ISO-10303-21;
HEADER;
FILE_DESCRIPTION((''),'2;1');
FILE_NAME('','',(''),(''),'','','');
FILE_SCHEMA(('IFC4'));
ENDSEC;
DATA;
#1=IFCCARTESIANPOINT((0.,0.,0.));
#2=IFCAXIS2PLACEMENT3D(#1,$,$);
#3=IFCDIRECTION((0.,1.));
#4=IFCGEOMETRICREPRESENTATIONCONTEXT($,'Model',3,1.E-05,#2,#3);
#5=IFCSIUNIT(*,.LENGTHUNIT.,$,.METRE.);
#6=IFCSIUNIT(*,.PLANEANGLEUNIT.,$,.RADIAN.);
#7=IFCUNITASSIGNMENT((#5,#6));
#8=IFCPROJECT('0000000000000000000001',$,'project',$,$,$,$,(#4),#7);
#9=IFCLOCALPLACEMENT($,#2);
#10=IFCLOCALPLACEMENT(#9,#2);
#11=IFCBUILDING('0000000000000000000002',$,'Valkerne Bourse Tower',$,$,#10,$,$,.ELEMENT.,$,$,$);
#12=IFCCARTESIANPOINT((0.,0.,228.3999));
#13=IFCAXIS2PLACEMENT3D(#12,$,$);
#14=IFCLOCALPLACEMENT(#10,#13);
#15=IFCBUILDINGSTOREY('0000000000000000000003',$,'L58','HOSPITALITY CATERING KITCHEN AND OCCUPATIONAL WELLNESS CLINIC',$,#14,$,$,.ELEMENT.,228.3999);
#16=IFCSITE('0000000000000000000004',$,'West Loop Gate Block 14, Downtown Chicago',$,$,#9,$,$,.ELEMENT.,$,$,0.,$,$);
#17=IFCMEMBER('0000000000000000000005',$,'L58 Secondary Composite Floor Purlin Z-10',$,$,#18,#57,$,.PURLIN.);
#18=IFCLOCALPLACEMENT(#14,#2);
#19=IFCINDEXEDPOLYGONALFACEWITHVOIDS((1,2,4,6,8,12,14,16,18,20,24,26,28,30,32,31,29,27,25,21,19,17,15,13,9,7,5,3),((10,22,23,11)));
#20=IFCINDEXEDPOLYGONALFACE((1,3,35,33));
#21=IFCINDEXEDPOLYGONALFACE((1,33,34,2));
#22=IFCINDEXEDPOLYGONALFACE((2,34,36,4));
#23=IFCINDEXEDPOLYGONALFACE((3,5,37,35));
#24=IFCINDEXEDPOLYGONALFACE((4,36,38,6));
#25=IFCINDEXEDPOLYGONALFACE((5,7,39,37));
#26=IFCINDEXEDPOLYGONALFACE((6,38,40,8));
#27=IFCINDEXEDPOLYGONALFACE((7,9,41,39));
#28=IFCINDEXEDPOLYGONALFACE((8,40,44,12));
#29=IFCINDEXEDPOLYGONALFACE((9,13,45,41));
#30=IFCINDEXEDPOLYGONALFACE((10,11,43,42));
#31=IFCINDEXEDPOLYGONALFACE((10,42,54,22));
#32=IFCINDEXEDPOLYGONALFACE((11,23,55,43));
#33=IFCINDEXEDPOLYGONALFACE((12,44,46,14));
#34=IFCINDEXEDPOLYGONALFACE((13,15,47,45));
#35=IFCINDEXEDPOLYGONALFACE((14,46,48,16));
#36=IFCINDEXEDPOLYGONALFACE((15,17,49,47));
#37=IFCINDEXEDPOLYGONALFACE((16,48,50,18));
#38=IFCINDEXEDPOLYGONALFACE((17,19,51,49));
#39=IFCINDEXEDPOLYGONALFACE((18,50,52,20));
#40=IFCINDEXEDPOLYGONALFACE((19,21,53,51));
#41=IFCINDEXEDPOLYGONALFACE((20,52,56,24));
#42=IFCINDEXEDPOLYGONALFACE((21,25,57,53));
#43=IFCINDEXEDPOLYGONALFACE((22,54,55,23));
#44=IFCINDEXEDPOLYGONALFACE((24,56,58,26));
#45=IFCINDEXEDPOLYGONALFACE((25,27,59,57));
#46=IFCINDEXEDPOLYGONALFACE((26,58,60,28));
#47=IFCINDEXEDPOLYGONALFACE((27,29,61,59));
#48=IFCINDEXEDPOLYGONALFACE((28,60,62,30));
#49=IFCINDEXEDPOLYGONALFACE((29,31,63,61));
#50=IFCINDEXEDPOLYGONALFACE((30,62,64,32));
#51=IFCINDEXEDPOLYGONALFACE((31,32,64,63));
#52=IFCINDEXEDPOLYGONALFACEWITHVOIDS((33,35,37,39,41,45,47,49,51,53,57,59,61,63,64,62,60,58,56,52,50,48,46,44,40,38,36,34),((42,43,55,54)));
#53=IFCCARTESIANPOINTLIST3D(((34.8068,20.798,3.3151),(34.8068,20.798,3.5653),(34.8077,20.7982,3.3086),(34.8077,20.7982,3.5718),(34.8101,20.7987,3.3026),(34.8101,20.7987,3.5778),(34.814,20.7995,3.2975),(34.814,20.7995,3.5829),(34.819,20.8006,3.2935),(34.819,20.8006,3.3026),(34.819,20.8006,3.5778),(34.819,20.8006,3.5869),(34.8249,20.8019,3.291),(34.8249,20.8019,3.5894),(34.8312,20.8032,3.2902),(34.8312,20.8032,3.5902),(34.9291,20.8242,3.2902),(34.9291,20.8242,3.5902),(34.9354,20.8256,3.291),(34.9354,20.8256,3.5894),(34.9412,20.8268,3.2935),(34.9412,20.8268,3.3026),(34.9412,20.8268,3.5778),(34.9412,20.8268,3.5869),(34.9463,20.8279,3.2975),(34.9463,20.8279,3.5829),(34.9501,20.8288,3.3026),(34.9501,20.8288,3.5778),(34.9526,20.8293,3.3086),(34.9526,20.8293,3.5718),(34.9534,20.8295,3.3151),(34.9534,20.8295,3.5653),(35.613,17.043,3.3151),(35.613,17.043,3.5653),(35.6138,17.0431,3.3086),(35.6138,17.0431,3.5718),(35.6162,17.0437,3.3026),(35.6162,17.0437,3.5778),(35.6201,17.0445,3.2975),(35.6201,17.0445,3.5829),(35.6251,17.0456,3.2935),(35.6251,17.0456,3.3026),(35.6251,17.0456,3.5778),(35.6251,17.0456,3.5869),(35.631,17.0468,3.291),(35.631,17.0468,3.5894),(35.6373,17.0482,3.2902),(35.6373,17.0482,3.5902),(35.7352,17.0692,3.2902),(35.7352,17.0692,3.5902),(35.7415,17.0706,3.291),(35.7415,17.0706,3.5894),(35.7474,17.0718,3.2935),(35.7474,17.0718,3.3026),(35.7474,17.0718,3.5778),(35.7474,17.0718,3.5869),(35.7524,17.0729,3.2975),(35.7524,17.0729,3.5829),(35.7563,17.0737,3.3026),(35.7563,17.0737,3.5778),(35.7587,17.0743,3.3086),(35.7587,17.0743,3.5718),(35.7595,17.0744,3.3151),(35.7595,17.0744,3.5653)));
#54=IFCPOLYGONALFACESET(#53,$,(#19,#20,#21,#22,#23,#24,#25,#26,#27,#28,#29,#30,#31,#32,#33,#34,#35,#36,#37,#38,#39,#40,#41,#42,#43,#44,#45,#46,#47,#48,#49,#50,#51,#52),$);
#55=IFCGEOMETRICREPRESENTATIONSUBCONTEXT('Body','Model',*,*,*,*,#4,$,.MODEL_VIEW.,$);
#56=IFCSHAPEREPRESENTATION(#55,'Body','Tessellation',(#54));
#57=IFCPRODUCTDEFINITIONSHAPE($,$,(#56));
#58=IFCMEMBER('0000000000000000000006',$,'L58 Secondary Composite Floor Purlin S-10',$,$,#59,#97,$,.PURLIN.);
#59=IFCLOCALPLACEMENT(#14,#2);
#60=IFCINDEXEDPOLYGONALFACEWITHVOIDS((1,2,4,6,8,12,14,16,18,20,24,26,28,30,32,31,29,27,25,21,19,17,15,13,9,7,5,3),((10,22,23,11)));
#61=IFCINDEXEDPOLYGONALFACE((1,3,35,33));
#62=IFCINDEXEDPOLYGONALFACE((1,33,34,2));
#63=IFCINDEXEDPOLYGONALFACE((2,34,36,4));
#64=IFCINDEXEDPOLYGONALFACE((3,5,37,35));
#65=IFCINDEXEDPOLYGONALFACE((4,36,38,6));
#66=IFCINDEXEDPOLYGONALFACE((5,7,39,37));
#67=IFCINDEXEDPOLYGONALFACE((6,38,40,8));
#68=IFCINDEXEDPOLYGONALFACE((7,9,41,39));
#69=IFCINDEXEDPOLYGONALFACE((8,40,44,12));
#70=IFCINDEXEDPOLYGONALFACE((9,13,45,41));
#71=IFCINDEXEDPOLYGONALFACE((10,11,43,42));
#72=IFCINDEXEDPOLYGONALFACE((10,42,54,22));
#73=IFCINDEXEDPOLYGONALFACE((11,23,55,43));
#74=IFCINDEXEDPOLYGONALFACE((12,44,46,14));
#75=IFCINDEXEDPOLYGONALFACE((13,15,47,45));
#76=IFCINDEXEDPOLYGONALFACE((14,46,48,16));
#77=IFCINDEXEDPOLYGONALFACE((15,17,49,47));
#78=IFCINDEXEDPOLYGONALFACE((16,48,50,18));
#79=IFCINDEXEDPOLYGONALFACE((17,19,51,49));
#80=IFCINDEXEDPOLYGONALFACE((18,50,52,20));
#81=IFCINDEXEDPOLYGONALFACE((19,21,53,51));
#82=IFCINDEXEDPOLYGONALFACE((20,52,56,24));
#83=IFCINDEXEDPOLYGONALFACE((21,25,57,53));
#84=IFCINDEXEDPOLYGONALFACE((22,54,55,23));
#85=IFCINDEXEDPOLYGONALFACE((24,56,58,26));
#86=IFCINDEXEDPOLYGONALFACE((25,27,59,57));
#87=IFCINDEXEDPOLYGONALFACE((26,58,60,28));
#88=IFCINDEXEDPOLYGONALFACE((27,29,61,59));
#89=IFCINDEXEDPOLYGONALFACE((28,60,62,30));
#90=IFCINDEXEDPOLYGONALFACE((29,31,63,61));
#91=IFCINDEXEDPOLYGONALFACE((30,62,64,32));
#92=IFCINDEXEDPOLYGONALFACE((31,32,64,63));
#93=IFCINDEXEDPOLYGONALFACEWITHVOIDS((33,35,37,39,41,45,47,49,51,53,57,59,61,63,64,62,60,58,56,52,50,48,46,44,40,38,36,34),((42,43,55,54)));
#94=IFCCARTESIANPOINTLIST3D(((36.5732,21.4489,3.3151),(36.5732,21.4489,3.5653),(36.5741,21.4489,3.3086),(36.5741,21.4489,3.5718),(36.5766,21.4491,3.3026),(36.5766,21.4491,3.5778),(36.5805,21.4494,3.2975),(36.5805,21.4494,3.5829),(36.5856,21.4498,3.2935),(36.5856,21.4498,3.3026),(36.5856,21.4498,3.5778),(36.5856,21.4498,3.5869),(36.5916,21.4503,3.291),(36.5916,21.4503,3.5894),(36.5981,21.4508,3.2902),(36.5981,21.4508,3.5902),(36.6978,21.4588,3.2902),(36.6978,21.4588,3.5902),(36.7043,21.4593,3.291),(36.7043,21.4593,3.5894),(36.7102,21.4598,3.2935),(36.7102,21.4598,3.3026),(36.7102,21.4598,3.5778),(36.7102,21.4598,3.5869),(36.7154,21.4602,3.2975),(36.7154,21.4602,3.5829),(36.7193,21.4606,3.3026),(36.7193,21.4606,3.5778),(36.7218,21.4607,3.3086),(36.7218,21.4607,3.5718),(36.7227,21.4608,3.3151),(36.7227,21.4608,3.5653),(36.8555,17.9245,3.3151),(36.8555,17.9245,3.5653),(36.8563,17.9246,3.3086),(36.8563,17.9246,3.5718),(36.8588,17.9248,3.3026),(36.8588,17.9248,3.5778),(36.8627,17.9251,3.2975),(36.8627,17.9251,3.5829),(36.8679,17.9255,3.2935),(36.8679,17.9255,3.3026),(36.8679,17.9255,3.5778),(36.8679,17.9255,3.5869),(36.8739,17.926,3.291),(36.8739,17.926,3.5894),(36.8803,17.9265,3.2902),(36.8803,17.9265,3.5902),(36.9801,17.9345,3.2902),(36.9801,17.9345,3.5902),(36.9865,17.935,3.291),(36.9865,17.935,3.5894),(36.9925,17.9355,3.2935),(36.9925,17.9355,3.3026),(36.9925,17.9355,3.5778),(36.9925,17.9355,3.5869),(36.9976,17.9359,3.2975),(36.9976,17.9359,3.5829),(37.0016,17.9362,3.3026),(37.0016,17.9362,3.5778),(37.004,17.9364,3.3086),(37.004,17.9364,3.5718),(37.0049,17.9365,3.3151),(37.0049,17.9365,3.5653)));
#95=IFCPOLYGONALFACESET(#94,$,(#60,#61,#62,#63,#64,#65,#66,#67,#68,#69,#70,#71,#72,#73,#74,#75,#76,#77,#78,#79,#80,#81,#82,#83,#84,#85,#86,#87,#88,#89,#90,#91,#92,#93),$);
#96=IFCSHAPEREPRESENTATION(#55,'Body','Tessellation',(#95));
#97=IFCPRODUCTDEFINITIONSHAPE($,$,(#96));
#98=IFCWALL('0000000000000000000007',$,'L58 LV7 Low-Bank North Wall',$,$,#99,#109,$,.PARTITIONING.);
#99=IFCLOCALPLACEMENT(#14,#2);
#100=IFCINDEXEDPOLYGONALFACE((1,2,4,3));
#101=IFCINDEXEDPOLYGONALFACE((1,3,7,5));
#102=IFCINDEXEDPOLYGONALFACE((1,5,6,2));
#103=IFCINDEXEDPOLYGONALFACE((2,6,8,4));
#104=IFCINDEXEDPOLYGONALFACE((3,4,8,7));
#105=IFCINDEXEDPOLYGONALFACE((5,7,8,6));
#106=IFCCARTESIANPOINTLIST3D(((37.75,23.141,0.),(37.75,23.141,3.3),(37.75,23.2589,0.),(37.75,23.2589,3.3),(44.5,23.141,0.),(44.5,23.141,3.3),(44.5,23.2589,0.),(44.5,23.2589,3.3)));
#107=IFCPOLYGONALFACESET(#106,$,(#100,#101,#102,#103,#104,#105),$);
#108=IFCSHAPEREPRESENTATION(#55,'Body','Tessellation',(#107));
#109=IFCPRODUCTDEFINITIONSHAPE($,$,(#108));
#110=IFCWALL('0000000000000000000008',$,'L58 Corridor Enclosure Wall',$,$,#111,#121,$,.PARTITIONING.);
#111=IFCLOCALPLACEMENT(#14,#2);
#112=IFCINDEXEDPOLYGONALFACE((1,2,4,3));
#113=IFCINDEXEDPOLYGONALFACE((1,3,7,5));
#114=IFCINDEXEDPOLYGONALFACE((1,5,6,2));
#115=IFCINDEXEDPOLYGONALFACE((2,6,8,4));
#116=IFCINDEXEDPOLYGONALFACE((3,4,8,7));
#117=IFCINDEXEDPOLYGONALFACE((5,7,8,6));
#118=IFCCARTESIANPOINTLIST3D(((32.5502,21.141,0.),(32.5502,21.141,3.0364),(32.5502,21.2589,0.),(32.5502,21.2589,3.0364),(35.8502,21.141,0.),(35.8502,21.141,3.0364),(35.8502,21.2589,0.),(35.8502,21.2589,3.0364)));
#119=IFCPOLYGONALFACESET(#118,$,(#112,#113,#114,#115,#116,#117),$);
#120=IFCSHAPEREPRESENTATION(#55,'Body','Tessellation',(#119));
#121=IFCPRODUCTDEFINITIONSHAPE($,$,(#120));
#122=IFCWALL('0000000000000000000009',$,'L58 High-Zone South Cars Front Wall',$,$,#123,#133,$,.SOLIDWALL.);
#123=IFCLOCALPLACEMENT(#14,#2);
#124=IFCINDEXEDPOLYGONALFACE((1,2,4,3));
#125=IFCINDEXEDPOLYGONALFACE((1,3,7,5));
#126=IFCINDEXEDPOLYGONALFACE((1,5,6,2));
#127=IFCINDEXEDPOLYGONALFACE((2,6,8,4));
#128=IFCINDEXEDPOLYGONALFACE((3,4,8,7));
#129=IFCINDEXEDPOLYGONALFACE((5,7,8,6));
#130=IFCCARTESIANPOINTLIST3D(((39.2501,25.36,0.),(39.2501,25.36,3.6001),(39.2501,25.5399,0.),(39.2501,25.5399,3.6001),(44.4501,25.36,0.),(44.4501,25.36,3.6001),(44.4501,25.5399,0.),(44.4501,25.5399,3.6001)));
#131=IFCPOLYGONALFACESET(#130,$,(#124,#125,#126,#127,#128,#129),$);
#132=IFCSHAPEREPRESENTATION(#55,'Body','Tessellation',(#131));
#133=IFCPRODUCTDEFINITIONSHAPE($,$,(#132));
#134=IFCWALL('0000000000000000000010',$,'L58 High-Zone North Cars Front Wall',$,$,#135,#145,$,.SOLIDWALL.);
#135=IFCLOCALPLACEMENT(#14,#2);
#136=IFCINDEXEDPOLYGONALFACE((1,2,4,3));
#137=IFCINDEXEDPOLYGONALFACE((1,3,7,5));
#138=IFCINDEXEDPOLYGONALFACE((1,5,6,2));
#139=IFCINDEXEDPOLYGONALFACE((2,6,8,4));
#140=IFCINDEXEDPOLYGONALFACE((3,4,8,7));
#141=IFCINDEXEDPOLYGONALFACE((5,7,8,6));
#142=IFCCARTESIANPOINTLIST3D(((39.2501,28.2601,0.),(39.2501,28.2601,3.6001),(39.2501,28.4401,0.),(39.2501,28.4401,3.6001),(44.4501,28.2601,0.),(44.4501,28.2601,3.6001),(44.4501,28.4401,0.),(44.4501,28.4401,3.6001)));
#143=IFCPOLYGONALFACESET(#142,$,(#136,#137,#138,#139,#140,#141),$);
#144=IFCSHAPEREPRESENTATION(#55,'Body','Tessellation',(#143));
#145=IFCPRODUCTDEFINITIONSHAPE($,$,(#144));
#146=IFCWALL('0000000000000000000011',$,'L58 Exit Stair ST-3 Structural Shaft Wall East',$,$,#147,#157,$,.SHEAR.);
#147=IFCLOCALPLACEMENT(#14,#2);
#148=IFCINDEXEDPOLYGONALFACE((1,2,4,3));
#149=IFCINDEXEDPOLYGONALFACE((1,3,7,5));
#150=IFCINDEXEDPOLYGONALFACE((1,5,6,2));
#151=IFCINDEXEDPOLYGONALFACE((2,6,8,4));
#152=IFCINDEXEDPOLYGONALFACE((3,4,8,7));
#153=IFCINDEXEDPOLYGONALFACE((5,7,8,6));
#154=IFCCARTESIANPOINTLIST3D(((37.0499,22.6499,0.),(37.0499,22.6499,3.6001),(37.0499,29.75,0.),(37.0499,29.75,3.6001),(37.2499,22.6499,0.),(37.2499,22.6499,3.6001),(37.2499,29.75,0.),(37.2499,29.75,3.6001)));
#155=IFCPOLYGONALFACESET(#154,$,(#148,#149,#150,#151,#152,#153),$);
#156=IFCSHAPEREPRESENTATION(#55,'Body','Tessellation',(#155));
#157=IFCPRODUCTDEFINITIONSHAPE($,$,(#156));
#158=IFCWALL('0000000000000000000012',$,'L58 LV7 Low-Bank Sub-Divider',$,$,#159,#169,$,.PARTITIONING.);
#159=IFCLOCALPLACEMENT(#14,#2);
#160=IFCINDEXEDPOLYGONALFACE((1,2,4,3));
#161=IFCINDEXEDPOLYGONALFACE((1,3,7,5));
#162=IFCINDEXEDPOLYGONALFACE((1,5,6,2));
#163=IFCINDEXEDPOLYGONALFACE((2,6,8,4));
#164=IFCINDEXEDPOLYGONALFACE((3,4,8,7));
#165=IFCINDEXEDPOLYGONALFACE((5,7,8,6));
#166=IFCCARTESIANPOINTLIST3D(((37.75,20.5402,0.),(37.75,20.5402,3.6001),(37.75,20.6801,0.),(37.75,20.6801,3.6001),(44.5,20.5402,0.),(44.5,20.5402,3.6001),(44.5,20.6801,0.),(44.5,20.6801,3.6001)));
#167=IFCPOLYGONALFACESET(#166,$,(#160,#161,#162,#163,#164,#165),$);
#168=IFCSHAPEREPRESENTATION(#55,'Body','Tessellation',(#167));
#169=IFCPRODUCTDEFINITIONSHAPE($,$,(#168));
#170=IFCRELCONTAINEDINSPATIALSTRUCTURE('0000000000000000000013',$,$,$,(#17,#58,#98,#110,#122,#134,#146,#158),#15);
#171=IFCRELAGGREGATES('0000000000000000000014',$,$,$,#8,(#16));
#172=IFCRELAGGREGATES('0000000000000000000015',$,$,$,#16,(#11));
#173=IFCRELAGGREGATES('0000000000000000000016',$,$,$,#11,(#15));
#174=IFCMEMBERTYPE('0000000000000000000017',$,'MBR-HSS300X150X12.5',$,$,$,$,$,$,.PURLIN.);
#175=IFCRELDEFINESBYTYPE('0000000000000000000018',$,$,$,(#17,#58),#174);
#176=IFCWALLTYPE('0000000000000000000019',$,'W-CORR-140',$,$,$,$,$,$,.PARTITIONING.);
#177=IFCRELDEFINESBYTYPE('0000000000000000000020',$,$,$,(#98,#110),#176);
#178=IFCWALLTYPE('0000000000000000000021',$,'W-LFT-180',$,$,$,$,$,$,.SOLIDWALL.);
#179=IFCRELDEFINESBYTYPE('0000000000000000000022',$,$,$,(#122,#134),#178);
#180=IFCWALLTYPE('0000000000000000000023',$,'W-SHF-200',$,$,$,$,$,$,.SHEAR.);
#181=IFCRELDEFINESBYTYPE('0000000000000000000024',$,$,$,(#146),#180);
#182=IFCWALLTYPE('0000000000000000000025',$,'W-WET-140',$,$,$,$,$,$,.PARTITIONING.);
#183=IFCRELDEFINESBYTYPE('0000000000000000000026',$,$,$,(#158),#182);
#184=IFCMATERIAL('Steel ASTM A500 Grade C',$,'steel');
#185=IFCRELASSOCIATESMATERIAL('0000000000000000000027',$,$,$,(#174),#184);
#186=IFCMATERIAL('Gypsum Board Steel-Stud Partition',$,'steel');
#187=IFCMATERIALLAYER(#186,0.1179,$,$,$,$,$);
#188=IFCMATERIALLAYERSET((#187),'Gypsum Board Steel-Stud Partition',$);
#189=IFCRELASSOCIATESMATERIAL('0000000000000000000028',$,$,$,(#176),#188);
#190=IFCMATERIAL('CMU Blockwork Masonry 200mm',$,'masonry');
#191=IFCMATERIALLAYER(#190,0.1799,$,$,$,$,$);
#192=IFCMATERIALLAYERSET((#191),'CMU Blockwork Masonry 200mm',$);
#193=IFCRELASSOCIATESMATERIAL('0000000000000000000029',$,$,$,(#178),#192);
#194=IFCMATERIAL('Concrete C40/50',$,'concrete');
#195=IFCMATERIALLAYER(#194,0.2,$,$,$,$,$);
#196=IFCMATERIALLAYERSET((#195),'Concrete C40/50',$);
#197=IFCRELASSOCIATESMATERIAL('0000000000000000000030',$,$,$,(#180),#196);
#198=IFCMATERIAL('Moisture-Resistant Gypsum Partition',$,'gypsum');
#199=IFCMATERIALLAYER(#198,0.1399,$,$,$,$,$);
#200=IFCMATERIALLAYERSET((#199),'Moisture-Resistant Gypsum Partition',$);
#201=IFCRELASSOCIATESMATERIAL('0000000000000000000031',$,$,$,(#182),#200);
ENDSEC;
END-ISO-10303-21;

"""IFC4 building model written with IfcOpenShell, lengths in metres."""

from ifc_helpers import new_model, si_unit, direction, frame, frame_2d, origin, origin_2d, place, context, subcontext, project, spatial, rectangle, hollow_rectangle, extrude, material, layer, layer_set, material_profile, profile_set, type_object, element, save


model = new_model("IFC4")

# Units and contexts
model_context = context("Model", 3, precision=1e-05, world=origin(), true_north=direction((0.0, 1.0)))
body_context = subcontext(model_context, "Body", "Model", "MODEL_VIEW")
ifc_project = project(units=[si_unit("LENGTHUNIT", "METRE"), si_unit("PLANEANGLEUNIT", "RADIAN")], contexts=[model_context])

# Site, building, storey
site_placement = place(None, origin())
site = spatial("IfcSite", under=ifc_project, at=site_placement, Name="West Loop Gate Block 14, Downtown Chicago", CompositionType="ELEMENT", RefElevation=0.0)
building_placement = place(site_placement, origin())
building = spatial("IfcBuilding", under=site, at=building_placement, Name="Valkerne Bourse Tower", CompositionType="ELEMENT")
storey_placement = place(building_placement, frame((0.0, 0.0, 228.3999)))
storey = spatial("IfcBuildingStorey", under=building, at=storey_placement, Name="L58", Description="HOSPITALITY CATERING KITCHEN AND OCCUPATIONAL WELLNESS CLINIC", CompositionType="ELEMENT", Elevation=228.3999)

# Members
ifc_material_1 = material(Name="Steel ASTM A500 Grade C", Category="steel")
ifc_material_profile_1 = material_profile(ifc_material_1, hollow_rectangle(XDim=0.1499, YDim=0.3, WallThickness=0.0125, OuterFilletRadius=0.0249, at=origin_2d()), Name="HSS300X150X12.5")
ifc_profile_set_1 = profile_set([ifc_material_profile_1], Name="Steel ASTM A500 Grade C")
member_type = type_object("IfcMemberType", Name="MBR-HSS300X150X12.5", PredefinedType="PURLIN", material=ifc_profile_set_1)
member_1_placement = place(storey_placement, frame((34.8801, 20.8137, 3.4402), z_axis=(0.209898, -0.977723, 0.0), x_axis=(0.977723, 0.209898, 0.0)))
element("IfcMember", 1, at=member_1_placement, inside=storey, type_object=member_type, Name="L58 Secondary Composite Floor Purlin Z-10", PredefinedType="PURLIN", context=body_context, shape_type="SweptSolid", body=[
    extrude(hollow_rectangle(XDim=0.1499, YDim=0.3, WallThickness=0.0125, OuterFilletRadius=0.0249, at=origin_2d()), origin(), (0.0, 0.0, 1.0), 3.8406),
])
member_2_placement = place(storey_placement, frame((36.6479, 21.4548, 3.4402), z_axis=(0.079822, -0.996809, 0.0), x_axis=(0.996809, 0.079822, 0.0)))
element("IfcMember", 2, at=member_2_placement, inside=storey, type_object=member_type, Name="L58 Secondary Composite Floor Purlin S-10", PredefinedType="PURLIN", context=body_context, shape_type="SweptSolid", body=[
    extrude(hollow_rectangle(XDim=0.1499, YDim=0.3, WallThickness=0.0125, OuterFilletRadius=0.0249, at=origin_2d()), origin(), (0.0, 0.0, 1.0), 3.5356),
])

# Walls
ifc_material_2 = material(Name="Gypsum Board Steel-Stud Partition", Category="steel")
ifc_layer_1 = layer(ifc_material_2, 0.1179)
ifc_layer_set_1 = layer_set([ifc_layer_1], Name="Gypsum Board Steel-Stud Partition")
wall_type_1 = type_object("IfcWallType", Name="W-CORR-140", PredefinedType="PARTITIONING", material=ifc_layer_set_1)
wall_1_placement = place(storey_placement, frame((37.75, 23.2, 0.0), z_axis=(0.0, 0.0, 1.0), x_axis=(1.0, 0.0, 0.0)))
element("IfcWall", 3, at=wall_1_placement, inside=storey, type_object=wall_type_1, Name="L58 LV7 Low-Bank North Wall", PredefinedType="PARTITIONING", context=body_context, shape_type="SweptSolid", body=[
    extrude(rectangle(XDim=6.75, YDim=0.1179, at=frame_2d((3.375, 0.0))), origin(), (0.0, 0.0, 1.0), 3.3),
])
wall_2_placement = place(storey_placement, frame((35.8501, 21.2, 0.0), z_axis=(0.0, 0.0, 1.0), x_axis=(-1.0, 0.0, 0.0)))
element("IfcWall", 4, at=wall_2_placement, inside=storey, type_object=wall_type_1, Name="L58 Corridor Enclosure Wall", PredefinedType="PARTITIONING", context=body_context, shape_type="SweptSolid", body=[
    extrude(rectangle(XDim=3.3, YDim=0.1179, at=frame_2d((1.6499, 0.0))), origin(), (0.0, 0.0, 1.0), 3.0364),
])
ifc_material_3 = material(Name="CMU Blockwork Masonry 200mm", Category="masonry")
ifc_layer_2 = layer(ifc_material_3, 0.1799)
ifc_layer_set_2 = layer_set([ifc_layer_2], Name="CMU Blockwork Masonry 200mm")
wall_type_2 = type_object("IfcWallType", Name="W-LFT-180", PredefinedType="SOLIDWALL", material=ifc_layer_set_2)
for number, where, z_axis, x_axis, name in (
    (5, (39.25, 25.45, 0.0), (0.0, 0.0, 1.0), (1.0, 0.0, 0.0), "L58 High-Zone South Cars Front Wall"),
    (6, (39.25, 28.3501, 0.0), (0.0, 0.0, 1.0), (1.0, 0.0, 0.0), "L58 High-Zone North Cars Front Wall"),
):
    element("IfcWall", number, at=place(storey_placement, frame(where, z_axis=z_axis, x_axis=x_axis)), inside=storey, type_object=wall_type_2, Name=name, PredefinedType="SOLIDWALL", context=body_context, shape_type="SweptSolid", body=[
        extrude(rectangle(XDim=5.2, YDim=0.1799, at=frame_2d((2.6001, 0.0))), origin(), (0.0, 0.0, 1.0), 3.6001),
    ])
ifc_material_4 = material(Name="Concrete C40/50", Category="concrete")
ifc_layer_3 = layer(ifc_material_4, 0.2)
ifc_layer_set_3 = layer_set([ifc_layer_3], Name="Concrete C40/50")
wall_type_3 = type_object("IfcWallType", Name="W-SHF-200", PredefinedType="SHEAR", material=ifc_layer_set_3)
wall_3_placement = place(storey_placement, frame((37.1499, 22.6499, 0.0), z_axis=(0.0, 0.0, 1.0), x_axis=(0.0, 1.0, 0.0)))
element("IfcWall", 7, at=wall_3_placement, inside=storey, type_object=wall_type_3, Name="L58 Exit Stair ST-3 Structural Shaft Wall East", PredefinedType="SHEAR", context=body_context, shape_type="SweptSolid", body=[
    extrude(rectangle(XDim=7.1001, YDim=0.2, at=frame_2d((3.55, 0.0))), origin(), (0.0, 0.0, 1.0), 3.6001),
])
ifc_material_5 = material(Name="Moisture-Resistant Gypsum Partition", Category="gypsum")
ifc_layer_4 = layer(ifc_material_5, 0.1399)
ifc_layer_set_4 = layer_set([ifc_layer_4], Name="Moisture-Resistant Gypsum Partition")
wall_type_4 = type_object("IfcWallType", Name="W-WET-140", PredefinedType="PARTITIONING", material=ifc_layer_set_4)
wall_4_placement = place(storey_placement, frame((37.75, 20.6101, 0.0), z_axis=(0.0, 0.0, 1.0), x_axis=(1.0, 0.0, 0.0)))
element("IfcWall", 8, at=wall_4_placement, inside=storey, type_object=wall_type_4, Name="L58 LV7 Low-Bank Sub-Divider", PredefinedType="PARTITIONING", context=body_context, shape_type="SweptSolid", body=[
    extrude(rectangle(XDim=6.75, YDim=0.1399, at=frame_2d((3.375, 0.0))), origin(), (0.0, 0.0, 1.0), 3.6001),
])

save(model, "model.ifc")
